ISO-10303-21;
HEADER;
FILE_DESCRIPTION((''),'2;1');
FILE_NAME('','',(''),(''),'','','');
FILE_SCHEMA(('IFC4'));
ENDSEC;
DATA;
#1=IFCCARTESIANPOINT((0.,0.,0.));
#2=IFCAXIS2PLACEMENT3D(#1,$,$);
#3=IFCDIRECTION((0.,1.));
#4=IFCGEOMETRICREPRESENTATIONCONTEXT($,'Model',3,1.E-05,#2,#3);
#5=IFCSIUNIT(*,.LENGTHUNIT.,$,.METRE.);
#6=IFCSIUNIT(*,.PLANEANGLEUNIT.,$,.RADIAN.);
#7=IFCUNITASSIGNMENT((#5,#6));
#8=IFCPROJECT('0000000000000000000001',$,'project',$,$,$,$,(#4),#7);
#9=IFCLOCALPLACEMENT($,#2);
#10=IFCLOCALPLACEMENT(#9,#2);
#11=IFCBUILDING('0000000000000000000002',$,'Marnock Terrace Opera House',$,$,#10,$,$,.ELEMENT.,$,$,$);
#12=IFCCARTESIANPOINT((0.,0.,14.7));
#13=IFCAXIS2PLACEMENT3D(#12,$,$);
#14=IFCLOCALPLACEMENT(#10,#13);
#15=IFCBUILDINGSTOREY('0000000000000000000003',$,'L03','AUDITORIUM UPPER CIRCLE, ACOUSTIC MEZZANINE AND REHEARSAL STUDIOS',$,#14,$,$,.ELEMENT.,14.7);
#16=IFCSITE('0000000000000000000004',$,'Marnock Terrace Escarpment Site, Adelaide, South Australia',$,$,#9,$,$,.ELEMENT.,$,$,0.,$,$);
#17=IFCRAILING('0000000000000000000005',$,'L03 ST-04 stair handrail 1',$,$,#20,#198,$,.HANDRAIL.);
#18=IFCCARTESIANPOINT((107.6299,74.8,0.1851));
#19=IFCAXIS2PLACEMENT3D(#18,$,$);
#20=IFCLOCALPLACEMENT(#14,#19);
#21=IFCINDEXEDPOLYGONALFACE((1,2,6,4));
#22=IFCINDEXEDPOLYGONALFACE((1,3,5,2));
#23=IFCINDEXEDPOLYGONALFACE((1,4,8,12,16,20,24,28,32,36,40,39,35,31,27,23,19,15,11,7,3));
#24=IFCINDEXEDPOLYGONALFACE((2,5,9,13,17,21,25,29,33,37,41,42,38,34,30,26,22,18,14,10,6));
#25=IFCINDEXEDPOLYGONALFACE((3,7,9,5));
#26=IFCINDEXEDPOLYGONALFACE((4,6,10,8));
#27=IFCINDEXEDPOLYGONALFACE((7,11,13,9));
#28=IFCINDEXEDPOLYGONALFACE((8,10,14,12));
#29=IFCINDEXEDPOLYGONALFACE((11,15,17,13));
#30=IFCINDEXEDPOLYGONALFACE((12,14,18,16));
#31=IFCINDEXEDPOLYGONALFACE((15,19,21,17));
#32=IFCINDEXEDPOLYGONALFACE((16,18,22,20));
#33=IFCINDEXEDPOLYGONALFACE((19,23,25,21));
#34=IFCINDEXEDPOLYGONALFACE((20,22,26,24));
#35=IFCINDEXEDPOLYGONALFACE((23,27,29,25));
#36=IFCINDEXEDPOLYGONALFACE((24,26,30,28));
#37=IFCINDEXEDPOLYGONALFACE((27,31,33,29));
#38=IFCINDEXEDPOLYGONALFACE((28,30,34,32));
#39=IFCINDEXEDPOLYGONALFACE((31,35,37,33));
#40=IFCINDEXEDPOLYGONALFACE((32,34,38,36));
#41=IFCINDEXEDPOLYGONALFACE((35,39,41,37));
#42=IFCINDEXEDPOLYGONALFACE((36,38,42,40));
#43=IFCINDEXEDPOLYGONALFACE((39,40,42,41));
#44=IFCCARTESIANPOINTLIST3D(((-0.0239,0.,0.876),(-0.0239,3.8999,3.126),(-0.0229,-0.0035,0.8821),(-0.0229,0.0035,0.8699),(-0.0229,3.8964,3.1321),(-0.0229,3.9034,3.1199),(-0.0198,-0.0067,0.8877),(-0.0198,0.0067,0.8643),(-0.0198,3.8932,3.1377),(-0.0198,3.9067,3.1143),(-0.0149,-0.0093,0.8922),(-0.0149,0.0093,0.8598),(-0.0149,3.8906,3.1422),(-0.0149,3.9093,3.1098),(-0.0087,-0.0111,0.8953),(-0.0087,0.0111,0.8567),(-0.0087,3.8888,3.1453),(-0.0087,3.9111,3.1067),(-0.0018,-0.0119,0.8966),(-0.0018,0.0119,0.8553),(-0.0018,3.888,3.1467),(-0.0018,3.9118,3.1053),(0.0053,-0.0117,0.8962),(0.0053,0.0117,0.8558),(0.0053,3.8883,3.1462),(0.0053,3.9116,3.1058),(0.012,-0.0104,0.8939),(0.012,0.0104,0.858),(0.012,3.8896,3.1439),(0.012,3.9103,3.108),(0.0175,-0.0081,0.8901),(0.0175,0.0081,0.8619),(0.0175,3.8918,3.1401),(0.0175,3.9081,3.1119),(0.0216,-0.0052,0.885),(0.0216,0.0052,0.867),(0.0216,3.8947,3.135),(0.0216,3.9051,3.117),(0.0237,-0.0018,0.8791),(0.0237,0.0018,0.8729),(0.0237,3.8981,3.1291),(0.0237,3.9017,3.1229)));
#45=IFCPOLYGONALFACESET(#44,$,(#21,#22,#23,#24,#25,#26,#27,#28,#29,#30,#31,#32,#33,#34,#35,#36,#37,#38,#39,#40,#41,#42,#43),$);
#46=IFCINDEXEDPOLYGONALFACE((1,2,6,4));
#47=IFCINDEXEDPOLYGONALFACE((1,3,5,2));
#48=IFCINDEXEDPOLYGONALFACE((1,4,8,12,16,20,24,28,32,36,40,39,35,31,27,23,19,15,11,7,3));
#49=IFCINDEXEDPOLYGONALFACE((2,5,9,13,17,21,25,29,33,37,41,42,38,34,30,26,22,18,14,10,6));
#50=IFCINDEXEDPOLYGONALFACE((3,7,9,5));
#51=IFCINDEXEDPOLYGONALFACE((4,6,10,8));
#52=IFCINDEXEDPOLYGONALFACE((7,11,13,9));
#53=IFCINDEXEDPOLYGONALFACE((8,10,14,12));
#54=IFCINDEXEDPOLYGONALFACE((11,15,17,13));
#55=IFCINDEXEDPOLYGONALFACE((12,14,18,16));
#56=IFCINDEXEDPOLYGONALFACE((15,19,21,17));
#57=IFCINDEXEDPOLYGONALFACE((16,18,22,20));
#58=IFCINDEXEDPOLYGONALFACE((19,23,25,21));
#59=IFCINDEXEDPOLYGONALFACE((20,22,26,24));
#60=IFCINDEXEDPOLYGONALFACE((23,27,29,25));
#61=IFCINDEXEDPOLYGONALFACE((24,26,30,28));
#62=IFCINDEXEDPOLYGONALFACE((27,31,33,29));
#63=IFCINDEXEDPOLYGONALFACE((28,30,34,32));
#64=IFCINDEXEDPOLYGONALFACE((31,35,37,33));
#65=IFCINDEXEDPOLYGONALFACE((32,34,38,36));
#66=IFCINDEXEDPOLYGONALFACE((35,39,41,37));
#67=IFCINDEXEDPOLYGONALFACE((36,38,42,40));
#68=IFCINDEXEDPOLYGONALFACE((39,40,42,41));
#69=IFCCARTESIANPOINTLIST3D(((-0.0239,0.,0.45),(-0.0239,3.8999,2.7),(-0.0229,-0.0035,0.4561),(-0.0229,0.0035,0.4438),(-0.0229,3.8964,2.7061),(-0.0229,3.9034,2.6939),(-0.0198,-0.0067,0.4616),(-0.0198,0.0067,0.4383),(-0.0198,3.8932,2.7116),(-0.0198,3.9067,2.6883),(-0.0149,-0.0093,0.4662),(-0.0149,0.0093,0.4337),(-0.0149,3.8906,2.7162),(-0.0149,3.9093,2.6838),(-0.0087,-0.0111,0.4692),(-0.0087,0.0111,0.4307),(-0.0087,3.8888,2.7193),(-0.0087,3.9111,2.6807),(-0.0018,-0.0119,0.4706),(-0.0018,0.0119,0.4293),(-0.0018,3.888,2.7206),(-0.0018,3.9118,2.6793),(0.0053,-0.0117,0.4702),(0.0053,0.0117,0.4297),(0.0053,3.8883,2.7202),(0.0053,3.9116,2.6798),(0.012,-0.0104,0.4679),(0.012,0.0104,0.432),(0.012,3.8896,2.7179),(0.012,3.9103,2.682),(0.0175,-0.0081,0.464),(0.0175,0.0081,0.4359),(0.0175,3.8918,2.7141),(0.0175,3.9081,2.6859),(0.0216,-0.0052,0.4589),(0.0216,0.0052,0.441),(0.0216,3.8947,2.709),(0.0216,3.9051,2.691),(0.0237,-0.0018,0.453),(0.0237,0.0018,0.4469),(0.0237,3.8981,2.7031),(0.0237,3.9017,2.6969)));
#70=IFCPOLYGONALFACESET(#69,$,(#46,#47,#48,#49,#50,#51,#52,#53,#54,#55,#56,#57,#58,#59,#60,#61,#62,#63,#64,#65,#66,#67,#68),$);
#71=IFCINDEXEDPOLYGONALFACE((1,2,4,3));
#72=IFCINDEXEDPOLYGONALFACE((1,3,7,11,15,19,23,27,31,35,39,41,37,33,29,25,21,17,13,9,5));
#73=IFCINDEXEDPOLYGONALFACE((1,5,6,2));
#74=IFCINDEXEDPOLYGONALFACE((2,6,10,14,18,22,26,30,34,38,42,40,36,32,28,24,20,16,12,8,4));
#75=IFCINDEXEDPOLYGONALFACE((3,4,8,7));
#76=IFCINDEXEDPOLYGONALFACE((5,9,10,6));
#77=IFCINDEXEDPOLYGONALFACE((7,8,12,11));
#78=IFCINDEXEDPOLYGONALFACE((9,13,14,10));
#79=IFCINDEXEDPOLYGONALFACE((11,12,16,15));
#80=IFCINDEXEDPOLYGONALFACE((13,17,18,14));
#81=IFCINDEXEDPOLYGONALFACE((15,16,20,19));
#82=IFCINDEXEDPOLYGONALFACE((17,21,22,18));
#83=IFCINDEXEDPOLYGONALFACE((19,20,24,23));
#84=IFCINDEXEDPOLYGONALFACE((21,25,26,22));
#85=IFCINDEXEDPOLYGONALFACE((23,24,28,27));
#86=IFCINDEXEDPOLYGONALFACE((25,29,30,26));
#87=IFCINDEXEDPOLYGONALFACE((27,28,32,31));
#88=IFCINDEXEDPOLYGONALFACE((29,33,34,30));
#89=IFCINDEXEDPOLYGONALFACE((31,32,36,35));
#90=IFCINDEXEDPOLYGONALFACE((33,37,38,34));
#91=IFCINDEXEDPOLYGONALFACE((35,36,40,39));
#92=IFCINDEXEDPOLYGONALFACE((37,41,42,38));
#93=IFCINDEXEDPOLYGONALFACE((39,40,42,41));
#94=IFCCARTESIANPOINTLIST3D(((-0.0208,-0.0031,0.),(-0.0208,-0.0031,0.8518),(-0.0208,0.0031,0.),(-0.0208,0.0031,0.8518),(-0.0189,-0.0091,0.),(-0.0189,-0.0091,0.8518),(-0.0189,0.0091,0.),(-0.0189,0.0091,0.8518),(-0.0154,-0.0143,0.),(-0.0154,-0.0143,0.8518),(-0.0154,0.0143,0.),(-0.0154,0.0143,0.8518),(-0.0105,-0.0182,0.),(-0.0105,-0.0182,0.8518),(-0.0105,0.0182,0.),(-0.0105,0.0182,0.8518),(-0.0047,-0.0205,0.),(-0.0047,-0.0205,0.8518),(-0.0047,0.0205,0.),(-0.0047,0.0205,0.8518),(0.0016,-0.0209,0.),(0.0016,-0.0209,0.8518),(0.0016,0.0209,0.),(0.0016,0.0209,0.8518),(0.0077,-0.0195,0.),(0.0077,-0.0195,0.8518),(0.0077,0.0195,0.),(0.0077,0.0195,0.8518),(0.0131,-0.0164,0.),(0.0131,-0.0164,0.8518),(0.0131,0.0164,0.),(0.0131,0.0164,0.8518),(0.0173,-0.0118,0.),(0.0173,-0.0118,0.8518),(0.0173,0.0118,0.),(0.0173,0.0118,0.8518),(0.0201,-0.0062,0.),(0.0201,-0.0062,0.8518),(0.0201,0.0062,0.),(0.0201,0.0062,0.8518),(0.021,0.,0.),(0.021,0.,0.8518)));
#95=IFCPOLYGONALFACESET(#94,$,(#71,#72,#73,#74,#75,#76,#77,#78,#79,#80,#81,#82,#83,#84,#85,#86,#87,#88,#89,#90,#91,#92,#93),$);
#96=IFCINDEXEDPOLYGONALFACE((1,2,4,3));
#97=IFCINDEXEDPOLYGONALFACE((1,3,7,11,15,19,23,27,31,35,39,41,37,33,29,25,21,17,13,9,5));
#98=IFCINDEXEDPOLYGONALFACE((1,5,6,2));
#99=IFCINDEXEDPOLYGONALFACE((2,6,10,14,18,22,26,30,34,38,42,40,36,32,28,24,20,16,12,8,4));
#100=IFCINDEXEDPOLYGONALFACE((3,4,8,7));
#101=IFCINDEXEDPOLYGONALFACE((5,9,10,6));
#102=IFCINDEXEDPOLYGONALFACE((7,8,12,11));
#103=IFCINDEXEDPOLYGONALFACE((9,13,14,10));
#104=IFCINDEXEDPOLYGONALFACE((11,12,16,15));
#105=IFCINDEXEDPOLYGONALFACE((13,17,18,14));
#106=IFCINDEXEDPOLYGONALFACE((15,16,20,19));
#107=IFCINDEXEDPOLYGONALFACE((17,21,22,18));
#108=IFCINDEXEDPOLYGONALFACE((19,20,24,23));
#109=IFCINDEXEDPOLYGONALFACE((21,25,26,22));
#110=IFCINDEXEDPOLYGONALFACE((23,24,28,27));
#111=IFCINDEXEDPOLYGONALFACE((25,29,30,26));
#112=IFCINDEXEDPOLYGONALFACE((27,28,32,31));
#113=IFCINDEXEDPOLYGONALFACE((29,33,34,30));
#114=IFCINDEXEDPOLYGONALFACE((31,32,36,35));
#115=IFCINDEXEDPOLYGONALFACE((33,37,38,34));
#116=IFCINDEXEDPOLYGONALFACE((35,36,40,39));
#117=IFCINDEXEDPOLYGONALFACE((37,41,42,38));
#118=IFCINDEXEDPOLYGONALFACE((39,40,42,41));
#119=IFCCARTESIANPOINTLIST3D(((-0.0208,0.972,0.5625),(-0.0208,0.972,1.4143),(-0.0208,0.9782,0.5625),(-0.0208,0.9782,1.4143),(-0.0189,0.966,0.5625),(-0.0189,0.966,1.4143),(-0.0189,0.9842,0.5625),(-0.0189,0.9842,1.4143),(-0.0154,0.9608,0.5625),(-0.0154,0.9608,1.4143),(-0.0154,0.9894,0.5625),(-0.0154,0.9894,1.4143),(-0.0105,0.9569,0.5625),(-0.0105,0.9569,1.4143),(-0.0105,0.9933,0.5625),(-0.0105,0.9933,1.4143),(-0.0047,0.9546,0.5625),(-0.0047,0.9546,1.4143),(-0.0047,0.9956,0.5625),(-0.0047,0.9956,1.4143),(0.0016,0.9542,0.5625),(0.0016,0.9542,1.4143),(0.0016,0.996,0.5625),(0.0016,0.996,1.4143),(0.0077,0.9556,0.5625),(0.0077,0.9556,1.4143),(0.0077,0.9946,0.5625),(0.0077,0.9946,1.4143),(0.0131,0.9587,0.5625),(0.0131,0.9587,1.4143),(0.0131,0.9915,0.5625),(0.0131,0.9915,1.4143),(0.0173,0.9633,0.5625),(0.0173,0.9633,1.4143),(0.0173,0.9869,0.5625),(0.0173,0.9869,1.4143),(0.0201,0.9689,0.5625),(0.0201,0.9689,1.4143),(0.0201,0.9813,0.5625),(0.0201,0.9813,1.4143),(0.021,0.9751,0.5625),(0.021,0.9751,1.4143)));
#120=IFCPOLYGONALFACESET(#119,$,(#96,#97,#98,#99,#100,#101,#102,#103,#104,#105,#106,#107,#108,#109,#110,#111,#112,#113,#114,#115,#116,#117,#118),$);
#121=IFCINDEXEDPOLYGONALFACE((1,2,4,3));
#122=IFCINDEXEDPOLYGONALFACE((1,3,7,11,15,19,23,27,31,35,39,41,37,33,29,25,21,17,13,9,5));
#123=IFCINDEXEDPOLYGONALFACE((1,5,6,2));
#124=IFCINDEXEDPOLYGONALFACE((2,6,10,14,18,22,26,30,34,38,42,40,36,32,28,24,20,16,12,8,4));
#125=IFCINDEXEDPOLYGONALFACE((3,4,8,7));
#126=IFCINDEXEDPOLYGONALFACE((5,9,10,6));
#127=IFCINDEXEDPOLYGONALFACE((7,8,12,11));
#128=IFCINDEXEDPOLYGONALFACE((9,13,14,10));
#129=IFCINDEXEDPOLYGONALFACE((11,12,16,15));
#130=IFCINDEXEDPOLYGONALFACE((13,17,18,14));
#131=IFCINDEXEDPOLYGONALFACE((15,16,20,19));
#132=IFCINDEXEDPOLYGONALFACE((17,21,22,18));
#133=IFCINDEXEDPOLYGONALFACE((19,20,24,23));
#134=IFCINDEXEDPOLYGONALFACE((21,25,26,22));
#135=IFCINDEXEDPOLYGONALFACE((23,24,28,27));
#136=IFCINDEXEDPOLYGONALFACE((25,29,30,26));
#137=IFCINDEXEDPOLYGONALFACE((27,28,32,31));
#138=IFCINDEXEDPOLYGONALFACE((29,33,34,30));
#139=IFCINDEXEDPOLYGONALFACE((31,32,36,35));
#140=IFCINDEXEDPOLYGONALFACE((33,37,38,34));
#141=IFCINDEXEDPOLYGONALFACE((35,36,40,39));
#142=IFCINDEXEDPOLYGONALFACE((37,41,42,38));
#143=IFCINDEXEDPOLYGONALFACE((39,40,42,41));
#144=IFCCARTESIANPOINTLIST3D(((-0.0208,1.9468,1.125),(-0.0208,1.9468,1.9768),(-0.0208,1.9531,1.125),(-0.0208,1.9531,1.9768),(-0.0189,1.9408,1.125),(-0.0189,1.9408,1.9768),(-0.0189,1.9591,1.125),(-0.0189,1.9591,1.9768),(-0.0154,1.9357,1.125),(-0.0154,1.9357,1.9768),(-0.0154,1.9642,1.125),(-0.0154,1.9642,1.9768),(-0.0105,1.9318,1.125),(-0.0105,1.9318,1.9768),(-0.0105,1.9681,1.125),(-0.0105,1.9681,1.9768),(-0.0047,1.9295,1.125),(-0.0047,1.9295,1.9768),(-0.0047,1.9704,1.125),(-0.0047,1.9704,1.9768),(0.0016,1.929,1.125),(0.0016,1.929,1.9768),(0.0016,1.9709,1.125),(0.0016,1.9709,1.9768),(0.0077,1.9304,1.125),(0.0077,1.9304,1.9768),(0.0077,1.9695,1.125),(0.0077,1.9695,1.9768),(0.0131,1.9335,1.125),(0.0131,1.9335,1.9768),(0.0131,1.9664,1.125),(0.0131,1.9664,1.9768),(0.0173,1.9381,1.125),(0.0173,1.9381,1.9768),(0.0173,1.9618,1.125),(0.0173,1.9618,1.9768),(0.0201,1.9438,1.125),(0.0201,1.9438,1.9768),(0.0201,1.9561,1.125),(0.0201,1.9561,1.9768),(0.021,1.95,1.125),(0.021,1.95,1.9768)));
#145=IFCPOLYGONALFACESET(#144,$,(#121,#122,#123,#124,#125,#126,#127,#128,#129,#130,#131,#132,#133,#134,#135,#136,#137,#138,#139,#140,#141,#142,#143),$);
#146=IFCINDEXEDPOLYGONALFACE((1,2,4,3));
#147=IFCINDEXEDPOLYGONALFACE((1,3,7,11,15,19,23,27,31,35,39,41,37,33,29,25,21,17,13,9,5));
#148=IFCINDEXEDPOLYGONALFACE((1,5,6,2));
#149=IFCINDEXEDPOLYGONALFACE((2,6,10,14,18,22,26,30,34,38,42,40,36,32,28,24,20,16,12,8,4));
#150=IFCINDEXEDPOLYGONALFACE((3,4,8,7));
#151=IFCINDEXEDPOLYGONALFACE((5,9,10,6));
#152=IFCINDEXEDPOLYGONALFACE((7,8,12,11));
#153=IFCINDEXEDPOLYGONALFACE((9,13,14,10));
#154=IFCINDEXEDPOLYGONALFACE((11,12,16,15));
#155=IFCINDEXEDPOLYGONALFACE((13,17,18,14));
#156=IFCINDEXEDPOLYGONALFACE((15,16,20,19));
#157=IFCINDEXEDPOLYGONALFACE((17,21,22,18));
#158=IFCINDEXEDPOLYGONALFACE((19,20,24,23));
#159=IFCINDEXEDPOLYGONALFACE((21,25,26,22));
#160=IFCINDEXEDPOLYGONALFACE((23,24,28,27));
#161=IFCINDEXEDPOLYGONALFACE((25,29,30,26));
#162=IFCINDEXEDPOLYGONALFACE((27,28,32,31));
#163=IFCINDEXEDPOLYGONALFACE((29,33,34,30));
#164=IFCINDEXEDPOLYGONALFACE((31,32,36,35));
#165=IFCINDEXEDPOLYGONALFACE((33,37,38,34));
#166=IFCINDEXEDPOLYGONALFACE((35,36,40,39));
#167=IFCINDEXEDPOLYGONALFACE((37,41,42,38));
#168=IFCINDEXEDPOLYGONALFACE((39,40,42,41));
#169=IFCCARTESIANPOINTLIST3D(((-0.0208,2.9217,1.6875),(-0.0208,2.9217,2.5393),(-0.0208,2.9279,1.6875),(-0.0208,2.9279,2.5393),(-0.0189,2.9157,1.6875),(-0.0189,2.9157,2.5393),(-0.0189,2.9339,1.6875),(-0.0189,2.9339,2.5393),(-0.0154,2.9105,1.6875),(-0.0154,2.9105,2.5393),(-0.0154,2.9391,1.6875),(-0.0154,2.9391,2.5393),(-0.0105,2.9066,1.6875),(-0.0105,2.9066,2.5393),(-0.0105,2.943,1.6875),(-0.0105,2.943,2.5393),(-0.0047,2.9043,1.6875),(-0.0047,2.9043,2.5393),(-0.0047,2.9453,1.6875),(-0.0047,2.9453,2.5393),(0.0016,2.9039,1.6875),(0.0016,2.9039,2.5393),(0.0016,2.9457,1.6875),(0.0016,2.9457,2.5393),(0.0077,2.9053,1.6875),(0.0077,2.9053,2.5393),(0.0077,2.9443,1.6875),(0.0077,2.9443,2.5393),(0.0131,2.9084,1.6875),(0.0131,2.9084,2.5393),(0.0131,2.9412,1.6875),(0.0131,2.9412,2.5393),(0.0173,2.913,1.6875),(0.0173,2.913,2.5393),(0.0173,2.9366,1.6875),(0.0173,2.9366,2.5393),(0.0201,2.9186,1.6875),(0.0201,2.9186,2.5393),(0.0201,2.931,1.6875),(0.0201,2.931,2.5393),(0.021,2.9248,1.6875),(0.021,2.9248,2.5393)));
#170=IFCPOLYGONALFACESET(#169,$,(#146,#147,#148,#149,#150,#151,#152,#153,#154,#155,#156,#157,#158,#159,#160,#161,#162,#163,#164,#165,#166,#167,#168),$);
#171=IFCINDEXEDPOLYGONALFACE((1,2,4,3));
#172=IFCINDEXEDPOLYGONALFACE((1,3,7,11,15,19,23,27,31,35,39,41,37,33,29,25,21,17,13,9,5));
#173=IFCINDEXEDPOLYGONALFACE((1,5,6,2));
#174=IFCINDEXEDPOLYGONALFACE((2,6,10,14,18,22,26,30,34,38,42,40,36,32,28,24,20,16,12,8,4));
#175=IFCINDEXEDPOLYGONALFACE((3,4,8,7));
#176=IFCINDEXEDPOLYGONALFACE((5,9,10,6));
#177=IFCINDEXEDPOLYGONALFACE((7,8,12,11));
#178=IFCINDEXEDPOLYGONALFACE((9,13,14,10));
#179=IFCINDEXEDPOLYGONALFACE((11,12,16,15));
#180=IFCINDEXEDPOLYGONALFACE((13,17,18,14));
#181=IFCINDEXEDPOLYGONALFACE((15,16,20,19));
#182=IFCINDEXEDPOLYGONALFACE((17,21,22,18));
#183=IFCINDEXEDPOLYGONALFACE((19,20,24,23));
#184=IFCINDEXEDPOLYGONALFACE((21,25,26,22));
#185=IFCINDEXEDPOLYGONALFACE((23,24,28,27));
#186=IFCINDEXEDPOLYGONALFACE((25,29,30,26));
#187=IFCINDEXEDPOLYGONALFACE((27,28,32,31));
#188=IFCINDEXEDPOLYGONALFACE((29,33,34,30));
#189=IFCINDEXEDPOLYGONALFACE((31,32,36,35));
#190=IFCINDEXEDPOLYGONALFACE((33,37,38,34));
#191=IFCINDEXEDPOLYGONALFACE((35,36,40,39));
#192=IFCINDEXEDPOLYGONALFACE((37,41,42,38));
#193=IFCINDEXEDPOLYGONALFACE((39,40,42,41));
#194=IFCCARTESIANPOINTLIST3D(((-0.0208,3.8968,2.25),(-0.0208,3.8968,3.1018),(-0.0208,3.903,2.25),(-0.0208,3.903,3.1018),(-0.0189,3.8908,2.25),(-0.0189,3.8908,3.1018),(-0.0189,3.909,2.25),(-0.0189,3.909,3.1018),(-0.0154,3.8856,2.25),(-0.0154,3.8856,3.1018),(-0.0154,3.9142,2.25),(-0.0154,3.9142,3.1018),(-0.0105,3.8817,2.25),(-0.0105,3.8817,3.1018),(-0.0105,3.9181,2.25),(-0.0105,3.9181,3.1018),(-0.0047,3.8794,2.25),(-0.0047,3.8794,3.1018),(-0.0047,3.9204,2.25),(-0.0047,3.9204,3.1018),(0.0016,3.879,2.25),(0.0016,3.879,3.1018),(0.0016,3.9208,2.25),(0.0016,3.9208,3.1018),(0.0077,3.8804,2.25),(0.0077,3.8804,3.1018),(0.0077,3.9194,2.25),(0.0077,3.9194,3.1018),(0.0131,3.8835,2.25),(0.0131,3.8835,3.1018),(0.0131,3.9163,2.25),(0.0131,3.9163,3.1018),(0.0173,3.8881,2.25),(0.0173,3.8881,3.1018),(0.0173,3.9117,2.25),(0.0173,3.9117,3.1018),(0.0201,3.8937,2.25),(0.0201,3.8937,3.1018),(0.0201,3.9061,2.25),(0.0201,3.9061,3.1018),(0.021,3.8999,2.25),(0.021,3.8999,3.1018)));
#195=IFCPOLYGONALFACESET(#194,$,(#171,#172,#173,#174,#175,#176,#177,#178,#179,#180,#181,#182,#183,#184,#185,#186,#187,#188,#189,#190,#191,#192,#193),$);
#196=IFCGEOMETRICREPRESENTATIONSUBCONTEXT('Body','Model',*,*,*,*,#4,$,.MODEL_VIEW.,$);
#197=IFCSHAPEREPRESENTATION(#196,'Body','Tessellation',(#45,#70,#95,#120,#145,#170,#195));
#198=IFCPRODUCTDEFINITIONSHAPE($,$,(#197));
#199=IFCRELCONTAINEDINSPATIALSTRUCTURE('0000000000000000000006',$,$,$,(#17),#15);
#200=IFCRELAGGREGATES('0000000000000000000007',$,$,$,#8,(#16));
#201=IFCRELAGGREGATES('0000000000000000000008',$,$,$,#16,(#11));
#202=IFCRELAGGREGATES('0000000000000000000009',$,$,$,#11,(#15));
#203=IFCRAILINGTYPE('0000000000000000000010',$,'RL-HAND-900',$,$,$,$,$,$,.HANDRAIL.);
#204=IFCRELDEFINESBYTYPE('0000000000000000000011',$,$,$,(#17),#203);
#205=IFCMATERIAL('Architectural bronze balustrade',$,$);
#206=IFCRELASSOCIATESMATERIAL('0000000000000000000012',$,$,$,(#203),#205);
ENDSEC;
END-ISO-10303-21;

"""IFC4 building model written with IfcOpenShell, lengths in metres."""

from ifc_helpers import new_model, si_unit, direction, frame, origin, origin_2d, place, context, subcontext, project, spatial, circle, extrude, material, type_object, element, save


model = new_model("IFC4")

# Units and contexts
model_context = context("Model", 3, precision=1e-05, world=origin(), true_north=direction((0.0, 1.0)))
body_context = subcontext(model_context, "Body", "Model", "MODEL_VIEW")
ifc_project = project(units=[si_unit("LENGTHUNIT", "METRE"), si_unit("PLANEANGLEUNIT", "RADIAN")], contexts=[model_context])

# Site, building, storey
site_placement = place(None, origin())
site = spatial("IfcSite", under=ifc_project, at=site_placement, Name="Marnock Terrace Escarpment Site, Adelaide, South Australia", CompositionType="ELEMENT", RefElevation=0.0)
building_placement = place(site_placement, origin())
building = spatial("IfcBuilding", under=site, at=building_placement, Name="Marnock Terrace Opera House", CompositionType="ELEMENT")
storey_placement = place(building_placement, frame((0.0, 0.0, 14.7)))
storey = spatial("IfcBuildingStorey", under=building, at=storey_placement, Name="L03", Description="AUDITORIUM UPPER CIRCLE, ACOUSTIC MEZZANINE AND REHEARSAL STUDIOS", CompositionType="ELEMENT", Elevation=14.7)

# Railing
ifc_material_1 = material(Name="Architectural bronze balustrade")
railing_type_1 = type_object("IfcRailingType", Name="RL-HAND-900", PredefinedType="HANDRAIL", material=ifc_material_1)
railing_1_placement = place(storey_placement, frame((107.6299, 74.8, 0.1851)))
element("IfcRailing", 1, at=railing_1_placement, inside=storey, type_object=railing_type_1, Name="L03 ST-04 stair handrail 1", PredefinedType="HANDRAIL", context=body_context, shape_type="SweptSolid", body=[
    extrude(circle(Radius=0.0239, at=origin_2d()), frame((0.0, 0.0, 0.876), z_axis=(0.0, 0.86618, 0.499732), x_axis=(-1.0, 0.0, 0.0)), (0.0, 0.0, 1.0), 4.5024),
    extrude(circle(Radius=0.0239, at=origin_2d()), frame((0.0, 0.0, 0.45), z_axis=(0.0, 0.86618, 0.499732), x_axis=(-1.0, 0.0, 0.0)), (0.0, 0.0, 1.0), 4.5024),
    extrude(circle(Radius=0.021, at=origin_2d()), origin(), (0.0, 0.0, 1.0), 0.8518),
    extrude(circle(Radius=0.021, at=origin_2d()), frame((0.0, 0.9751, 0.5625)), (0.0, 0.0, 1.0), 0.8518),
    extrude(circle(Radius=0.021, at=origin_2d()), frame((0.0, 1.95, 1.125)), (0.0, 0.0, 1.0), 0.8518),
    extrude(circle(Radius=0.021, at=origin_2d()), frame((0.0, 2.9248, 1.6875)), (0.0, 0.0, 1.0), 0.8518),
    extrude(circle(Radius=0.021, at=origin_2d()), frame((0.0, 3.8999, 2.25)), (0.0, 0.0, 1.0), 0.8518),
])

save(model, "model.ifc")
